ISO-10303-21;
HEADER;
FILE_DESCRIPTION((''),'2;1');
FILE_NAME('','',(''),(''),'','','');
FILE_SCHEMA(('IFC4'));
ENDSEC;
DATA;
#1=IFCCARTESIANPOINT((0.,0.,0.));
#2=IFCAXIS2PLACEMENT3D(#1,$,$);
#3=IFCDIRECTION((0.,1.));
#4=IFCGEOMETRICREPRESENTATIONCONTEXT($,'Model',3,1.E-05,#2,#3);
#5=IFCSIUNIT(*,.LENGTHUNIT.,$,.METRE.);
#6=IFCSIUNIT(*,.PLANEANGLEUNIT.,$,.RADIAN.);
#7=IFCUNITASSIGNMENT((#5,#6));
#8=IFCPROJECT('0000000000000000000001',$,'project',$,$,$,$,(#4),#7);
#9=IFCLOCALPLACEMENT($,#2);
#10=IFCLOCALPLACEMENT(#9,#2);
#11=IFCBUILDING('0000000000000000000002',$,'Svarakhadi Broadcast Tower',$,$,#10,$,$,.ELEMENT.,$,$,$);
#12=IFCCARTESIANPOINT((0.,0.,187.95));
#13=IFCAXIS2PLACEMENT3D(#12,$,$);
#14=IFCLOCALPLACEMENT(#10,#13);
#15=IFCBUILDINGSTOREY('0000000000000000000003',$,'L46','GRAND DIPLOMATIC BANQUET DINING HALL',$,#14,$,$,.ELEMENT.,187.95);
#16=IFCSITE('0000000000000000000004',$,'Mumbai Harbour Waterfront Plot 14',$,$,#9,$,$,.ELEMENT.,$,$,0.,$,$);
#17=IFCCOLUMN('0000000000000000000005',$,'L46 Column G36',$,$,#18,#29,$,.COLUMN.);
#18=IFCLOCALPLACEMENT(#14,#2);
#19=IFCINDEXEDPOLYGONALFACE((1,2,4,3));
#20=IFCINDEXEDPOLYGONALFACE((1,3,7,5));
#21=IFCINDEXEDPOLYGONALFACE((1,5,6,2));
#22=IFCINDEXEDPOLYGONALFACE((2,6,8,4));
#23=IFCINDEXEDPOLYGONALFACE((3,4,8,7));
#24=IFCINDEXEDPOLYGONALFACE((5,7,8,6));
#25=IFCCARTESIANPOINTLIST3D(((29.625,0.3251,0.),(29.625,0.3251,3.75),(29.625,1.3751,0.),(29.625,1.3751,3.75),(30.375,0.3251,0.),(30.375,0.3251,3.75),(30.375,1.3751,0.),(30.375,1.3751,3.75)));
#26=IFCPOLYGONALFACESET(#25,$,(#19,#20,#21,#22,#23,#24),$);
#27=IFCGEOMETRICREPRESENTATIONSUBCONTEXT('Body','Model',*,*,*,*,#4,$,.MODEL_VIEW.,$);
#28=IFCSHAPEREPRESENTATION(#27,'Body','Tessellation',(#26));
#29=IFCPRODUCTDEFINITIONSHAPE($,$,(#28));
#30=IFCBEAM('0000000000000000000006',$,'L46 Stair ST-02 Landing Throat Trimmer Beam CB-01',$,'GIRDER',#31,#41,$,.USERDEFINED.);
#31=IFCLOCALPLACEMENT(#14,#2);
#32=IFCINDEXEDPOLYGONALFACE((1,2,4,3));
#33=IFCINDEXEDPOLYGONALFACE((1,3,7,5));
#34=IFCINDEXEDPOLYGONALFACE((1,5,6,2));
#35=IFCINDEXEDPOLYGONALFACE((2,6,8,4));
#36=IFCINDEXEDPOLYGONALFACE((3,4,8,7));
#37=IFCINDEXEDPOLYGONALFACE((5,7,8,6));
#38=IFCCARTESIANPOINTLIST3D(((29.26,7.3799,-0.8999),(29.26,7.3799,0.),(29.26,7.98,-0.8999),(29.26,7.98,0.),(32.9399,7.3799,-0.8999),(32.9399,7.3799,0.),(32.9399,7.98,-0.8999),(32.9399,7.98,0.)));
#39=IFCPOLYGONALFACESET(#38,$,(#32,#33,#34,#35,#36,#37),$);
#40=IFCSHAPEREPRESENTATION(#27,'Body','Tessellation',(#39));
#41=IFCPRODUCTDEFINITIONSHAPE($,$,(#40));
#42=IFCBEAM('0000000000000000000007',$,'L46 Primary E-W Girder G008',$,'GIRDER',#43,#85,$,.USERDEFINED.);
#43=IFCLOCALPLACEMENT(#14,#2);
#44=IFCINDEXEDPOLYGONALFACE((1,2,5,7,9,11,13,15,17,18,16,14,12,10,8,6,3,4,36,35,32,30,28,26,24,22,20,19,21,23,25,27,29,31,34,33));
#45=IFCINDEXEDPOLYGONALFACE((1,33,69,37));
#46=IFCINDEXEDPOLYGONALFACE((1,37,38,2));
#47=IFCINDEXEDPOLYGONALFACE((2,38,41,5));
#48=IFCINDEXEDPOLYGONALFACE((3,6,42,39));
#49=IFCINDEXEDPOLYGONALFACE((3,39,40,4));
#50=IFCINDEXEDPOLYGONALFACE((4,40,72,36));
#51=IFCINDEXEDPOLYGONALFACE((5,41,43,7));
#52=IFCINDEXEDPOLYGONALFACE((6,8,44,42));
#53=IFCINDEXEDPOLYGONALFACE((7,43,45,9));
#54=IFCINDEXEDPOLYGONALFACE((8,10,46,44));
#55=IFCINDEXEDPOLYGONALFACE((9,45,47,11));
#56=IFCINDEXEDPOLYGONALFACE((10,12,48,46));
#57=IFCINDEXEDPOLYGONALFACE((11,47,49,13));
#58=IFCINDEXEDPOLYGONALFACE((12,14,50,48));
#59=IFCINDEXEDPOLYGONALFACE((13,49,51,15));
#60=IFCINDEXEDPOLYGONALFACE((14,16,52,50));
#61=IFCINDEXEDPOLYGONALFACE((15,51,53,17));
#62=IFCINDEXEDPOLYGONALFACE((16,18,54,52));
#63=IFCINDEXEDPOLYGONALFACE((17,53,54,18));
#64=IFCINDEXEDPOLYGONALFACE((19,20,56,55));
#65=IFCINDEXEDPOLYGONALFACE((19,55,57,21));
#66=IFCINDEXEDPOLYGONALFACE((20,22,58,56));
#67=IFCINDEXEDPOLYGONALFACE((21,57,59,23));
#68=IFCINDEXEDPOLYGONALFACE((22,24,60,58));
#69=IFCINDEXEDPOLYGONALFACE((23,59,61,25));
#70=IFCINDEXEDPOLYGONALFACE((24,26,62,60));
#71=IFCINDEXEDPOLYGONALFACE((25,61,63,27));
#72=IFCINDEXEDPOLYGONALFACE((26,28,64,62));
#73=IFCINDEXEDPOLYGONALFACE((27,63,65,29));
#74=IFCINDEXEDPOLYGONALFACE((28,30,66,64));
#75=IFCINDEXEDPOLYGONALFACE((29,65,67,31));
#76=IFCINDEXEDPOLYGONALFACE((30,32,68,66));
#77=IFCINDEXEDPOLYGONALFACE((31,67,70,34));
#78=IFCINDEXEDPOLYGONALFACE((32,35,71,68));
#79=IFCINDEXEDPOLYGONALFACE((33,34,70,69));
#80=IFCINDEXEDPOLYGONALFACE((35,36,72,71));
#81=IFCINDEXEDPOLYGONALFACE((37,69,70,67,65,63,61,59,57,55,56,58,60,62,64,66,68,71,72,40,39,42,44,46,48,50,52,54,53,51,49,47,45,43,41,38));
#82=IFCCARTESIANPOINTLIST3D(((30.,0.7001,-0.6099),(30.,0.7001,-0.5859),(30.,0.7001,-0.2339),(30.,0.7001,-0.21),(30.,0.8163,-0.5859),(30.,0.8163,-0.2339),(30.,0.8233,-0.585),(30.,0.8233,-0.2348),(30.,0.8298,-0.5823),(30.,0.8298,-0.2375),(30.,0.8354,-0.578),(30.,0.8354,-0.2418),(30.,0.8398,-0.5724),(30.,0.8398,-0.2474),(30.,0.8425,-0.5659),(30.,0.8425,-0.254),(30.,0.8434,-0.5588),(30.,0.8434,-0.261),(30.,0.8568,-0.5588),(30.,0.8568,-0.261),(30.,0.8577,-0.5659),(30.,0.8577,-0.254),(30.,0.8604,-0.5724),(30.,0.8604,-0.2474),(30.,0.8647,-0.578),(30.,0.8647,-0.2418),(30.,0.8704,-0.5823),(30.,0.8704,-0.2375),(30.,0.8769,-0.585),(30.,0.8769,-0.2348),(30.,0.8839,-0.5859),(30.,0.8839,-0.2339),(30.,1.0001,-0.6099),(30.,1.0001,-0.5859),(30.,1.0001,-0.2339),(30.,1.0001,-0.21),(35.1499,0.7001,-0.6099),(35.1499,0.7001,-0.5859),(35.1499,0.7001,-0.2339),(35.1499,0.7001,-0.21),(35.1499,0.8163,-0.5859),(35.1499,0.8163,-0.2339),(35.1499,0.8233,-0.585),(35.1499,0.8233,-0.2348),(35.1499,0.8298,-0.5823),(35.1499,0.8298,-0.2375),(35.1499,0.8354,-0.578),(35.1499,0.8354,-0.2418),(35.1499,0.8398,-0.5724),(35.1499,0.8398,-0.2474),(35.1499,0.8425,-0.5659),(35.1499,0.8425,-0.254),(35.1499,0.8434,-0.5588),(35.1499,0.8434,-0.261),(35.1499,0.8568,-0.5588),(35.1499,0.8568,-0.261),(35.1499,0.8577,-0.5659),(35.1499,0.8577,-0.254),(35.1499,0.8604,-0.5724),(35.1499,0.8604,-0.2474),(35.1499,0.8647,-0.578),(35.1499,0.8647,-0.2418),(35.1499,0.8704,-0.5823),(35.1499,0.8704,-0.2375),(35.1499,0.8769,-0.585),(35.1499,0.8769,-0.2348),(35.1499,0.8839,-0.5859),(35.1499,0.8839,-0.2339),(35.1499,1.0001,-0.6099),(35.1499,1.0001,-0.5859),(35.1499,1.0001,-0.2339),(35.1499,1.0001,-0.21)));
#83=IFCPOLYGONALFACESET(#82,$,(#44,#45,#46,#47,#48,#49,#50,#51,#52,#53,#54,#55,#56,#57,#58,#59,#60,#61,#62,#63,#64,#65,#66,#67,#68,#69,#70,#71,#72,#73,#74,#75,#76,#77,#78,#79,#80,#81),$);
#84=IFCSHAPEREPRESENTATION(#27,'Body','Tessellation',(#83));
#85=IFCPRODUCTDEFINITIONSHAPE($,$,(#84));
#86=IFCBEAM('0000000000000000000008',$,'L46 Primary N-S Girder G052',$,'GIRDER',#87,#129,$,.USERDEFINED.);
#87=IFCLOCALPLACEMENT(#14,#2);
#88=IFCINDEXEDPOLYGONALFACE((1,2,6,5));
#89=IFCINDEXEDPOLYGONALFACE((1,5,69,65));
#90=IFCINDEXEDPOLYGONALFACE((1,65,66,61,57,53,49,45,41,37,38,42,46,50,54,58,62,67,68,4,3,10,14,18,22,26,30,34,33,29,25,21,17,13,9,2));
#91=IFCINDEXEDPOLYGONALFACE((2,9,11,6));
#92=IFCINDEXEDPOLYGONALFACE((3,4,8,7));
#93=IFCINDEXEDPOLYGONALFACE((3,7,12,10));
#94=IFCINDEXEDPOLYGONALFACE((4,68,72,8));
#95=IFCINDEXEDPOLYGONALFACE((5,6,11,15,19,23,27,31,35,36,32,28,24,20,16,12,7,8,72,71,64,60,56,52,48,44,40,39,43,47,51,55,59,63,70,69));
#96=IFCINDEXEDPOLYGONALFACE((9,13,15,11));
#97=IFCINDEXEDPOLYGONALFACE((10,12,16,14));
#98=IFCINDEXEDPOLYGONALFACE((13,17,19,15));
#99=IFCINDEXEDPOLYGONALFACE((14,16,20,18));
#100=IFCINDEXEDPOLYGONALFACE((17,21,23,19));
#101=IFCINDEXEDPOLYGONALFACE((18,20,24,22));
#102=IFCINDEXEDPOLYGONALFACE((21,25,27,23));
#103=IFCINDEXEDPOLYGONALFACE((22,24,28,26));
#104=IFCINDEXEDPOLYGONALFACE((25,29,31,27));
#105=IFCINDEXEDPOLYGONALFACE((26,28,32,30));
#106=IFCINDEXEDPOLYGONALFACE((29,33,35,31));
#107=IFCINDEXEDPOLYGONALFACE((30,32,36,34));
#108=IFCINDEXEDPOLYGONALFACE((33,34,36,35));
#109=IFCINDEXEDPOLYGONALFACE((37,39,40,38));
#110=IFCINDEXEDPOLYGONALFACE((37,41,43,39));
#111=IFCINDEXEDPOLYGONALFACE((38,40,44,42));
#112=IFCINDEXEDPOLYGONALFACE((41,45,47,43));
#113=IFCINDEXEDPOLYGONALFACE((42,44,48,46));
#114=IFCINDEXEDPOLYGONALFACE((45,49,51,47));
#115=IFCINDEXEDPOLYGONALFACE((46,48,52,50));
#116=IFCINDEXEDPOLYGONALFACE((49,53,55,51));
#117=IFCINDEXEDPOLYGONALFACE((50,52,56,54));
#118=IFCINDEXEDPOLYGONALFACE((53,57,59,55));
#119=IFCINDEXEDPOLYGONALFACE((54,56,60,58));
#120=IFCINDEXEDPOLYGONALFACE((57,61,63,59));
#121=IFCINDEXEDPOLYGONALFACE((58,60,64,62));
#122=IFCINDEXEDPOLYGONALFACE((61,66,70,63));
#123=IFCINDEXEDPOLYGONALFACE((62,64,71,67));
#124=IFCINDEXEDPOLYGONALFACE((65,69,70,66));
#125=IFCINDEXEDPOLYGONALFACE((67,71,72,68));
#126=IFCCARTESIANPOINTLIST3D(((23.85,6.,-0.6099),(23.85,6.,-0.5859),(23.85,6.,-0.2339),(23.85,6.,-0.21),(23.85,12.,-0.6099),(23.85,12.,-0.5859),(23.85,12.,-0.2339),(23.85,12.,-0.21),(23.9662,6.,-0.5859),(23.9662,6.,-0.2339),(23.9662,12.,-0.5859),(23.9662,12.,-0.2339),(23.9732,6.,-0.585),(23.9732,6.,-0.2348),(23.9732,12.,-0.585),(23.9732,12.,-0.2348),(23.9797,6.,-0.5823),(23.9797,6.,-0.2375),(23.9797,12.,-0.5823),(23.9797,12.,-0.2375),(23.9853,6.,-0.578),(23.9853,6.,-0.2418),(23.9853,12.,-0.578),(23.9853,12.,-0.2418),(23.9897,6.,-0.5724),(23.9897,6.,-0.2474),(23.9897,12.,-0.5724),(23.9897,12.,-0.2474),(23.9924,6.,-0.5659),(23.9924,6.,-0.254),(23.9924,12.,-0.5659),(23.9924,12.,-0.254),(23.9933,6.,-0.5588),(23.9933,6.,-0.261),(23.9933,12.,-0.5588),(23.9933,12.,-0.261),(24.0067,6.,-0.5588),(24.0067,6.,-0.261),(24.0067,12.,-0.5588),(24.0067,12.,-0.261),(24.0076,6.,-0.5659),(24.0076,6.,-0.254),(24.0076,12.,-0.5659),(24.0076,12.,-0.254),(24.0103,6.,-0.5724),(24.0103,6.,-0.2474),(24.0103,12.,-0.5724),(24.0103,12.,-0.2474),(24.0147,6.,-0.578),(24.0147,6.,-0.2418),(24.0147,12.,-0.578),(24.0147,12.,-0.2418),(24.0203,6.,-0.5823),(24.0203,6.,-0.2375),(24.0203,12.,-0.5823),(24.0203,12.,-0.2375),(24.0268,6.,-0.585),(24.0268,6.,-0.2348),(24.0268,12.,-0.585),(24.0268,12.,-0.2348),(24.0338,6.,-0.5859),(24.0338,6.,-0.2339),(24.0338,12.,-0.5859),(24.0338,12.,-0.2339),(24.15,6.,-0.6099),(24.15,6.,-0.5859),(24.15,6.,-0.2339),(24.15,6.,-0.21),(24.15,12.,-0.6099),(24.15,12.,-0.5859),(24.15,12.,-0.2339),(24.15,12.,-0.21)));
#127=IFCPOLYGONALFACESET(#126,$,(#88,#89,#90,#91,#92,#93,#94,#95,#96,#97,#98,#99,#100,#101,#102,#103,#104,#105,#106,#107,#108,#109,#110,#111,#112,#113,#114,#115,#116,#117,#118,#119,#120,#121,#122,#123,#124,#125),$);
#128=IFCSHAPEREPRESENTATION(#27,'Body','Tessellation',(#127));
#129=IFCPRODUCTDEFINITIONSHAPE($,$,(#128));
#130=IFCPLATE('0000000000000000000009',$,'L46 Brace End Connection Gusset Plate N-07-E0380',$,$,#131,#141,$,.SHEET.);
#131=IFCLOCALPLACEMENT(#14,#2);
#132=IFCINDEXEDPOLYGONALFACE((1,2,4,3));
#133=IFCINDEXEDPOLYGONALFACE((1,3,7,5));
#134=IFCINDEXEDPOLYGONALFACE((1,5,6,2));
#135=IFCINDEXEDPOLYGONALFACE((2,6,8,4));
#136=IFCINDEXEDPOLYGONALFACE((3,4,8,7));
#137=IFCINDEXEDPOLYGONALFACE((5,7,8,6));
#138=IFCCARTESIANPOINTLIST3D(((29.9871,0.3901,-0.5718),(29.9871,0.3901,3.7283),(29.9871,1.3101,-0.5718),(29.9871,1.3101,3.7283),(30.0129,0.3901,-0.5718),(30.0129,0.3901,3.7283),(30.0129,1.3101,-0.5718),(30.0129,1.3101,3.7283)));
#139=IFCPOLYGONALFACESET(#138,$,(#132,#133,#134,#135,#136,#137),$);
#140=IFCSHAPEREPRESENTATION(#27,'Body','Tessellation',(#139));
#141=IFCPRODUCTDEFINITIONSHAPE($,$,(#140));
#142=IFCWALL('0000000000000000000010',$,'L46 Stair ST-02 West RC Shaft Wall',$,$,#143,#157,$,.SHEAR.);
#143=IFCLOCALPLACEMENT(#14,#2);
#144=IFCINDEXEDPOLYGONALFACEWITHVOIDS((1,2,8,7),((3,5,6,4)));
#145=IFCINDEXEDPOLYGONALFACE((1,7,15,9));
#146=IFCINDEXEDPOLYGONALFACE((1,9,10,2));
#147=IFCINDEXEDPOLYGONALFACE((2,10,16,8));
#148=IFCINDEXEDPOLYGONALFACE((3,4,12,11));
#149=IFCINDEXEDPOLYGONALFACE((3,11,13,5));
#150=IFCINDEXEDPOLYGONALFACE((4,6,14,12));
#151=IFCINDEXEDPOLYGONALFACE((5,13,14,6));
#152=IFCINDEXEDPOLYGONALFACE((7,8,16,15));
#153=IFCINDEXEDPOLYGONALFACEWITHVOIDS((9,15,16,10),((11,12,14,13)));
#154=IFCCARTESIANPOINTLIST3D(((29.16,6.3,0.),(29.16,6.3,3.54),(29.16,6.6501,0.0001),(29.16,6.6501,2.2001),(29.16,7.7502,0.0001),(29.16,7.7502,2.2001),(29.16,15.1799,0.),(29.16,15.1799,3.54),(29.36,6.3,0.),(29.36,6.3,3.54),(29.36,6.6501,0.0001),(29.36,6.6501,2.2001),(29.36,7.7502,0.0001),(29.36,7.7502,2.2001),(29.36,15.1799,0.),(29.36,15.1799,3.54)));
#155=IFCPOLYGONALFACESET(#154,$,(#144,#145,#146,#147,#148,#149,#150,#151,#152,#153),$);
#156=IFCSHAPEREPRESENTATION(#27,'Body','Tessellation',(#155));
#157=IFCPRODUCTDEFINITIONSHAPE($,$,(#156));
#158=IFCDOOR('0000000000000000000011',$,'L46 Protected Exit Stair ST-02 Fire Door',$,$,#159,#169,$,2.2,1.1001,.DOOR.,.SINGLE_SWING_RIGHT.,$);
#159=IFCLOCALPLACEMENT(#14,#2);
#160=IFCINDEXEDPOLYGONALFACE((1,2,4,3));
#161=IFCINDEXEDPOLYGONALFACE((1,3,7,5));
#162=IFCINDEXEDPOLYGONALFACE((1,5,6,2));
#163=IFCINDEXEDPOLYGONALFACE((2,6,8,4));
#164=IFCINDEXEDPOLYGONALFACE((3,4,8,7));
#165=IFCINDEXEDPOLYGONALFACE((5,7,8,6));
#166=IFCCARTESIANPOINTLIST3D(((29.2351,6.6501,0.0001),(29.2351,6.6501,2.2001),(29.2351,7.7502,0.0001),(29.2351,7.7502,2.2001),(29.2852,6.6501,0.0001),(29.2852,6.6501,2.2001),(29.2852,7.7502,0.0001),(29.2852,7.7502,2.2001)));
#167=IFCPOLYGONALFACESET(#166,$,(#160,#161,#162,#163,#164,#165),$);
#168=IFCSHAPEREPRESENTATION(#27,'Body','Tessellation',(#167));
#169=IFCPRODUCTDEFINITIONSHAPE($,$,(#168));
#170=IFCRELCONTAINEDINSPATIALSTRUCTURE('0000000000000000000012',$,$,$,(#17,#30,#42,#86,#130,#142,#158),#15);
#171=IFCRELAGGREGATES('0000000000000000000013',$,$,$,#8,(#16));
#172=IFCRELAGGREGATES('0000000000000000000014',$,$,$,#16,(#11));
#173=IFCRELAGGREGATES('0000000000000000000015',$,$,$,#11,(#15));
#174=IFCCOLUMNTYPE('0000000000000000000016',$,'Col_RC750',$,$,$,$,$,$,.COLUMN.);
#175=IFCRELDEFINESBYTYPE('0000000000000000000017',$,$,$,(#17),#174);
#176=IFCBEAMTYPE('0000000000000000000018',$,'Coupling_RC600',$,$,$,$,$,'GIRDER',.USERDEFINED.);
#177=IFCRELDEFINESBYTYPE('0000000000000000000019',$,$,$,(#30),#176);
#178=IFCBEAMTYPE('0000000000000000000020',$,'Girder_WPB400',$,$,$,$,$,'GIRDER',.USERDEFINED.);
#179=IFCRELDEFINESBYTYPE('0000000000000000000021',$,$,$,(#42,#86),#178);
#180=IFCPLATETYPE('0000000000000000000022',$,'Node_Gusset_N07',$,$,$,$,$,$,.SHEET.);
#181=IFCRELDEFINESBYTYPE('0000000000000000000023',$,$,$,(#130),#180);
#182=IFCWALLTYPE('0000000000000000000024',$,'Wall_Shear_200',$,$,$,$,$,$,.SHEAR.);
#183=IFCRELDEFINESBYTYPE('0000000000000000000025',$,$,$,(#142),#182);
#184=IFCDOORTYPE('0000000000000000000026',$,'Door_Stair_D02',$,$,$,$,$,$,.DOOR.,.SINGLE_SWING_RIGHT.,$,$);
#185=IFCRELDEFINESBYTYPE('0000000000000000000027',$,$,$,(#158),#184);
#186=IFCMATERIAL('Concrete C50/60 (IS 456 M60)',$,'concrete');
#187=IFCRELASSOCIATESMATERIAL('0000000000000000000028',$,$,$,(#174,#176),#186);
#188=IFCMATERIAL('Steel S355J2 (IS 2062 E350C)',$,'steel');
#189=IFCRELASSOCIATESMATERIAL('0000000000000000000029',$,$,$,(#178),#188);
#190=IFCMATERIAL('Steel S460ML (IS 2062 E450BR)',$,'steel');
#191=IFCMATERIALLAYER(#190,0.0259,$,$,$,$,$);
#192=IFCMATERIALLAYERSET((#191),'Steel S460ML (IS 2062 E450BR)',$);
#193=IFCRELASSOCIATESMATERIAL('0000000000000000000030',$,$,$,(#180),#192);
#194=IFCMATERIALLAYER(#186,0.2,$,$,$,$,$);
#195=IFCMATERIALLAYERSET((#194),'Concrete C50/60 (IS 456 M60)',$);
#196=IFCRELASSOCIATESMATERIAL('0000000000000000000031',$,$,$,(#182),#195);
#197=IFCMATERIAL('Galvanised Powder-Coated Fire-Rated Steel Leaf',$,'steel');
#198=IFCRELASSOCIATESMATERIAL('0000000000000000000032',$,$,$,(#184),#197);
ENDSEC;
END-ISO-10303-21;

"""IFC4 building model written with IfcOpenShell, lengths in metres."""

from ifc_helpers import new_model, si_unit, direction, frame, frame_2d, origin, origin_2d, place, context, subcontext, project, spatial, rectangle, i_section, extrude, material, layer, layer_set, material_profile, profile_set, type_object, element, fill, save


model = new_model("IFC4")

# Units and contexts
model_context = context("Model", 3, precision=1e-05, world=origin(), true_north=direction((0.0, 1.0)))
body_context = subcontext(model_context, "Body", "Model", "MODEL_VIEW")
ifc_project = project(units=[si_unit("LENGTHUNIT", "METRE"), si_unit("PLANEANGLEUNIT", "RADIAN")], contexts=[model_context])

# Site, building, storey
site_placement = place(None, origin())
site = spatial("IfcSite", under=ifc_project, at=site_placement, Name="Mumbai Harbour Waterfront Plot 14", CompositionType="ELEMENT", RefElevation=0.0)
building_placement = place(site_placement, origin())
building = spatial("IfcBuilding", under=site, at=building_placement, Name="Svarakhadi Broadcast Tower", CompositionType="ELEMENT")
storey_placement = place(building_placement, frame((0.0, 0.0, 187.95)))
storey = spatial("IfcBuildingStorey", under=building, at=storey_placement, Name="L46", Description="GRAND DIPLOMATIC BANQUET DINING HALL", CompositionType="ELEMENT", Elevation=187.95)

# Column
ifc_material_1 = material(Name="Concrete C50/60 (IS 456 M60)", Category="concrete")
ifc_material_profile_1 = material_profile(ifc_material_1, rectangle(XDim=0.75, YDim=1.05, at=origin_2d()), Name="RC 750x1050")
ifc_profile_set_1 = profile_set([ifc_material_profile_1], Name="Concrete C50/60 (IS 456 M60)")
column_type = type_object("IfcColumnType", Name="Col_RC750", PredefinedType="COLUMN", material=ifc_profile_set_1)
column_placement = place(storey_placement, frame((30.0, 0.8501, 0.0), z_axis=(0.0, 0.0, 1.0), x_axis=(1.0, 0.0, 0.0)))
element("IfcColumn", 1, at=column_placement, inside=storey, type_object=column_type, Name="L46 Column G36", PredefinedType="COLUMN", context=body_context, shape_type="SweptSolid", body=[
    extrude(rectangle(XDim=0.75, YDim=1.05, at=origin_2d()), origin(), (0.0, 0.0, 1.0), 3.75),
])

# Beams
ifc_material_profile_2 = material_profile(ifc_material_1, rectangle(XDim=0.6001, YDim=0.8999, at=origin_2d()), Name="RC 600x900")
ifc_profile_set_2 = profile_set([ifc_material_profile_2], Name="Concrete C50/60 (IS 456 M60)")
beam_type_1 = type_object("IfcBeamType", Name="Coupling_RC600", ElementType="GIRDER", PredefinedType="USERDEFINED", material=ifc_profile_set_2)
beam_1_placement = place(storey_placement, frame((29.26, 7.6799, -0.45), z_axis=(1.0, 0.0, 0.0), x_axis=(0.0, 1.0, 0.0)))
element("IfcBeam", 2, at=beam_1_placement, inside=storey, type_object=beam_type_1, Name="L46 Stair ST-02 Landing Throat Trimmer Beam CB-01", ObjectType="GIRDER", PredefinedType="USERDEFINED", context=body_context, shape_type="SweptSolid", body=[
    extrude(rectangle(XDim=0.6001, YDim=0.8999, at=origin_2d()), origin(), (0.0, 0.0, 1.0), 3.6799),
])
ifc_material_2 = material(Name="Steel S355J2 (IS 2062 E350C)", Category="steel")
ifc_material_profile_3 = material_profile(ifc_material_2, i_section(OverallWidth=0.3, OverallDepth=0.3999, WebThickness=0.0134, FlangeThickness=0.0239, FilletRadius=0.0271, at=origin_2d()), Name="WPB 400x300x155")
ifc_profile_set_3 = profile_set([ifc_material_profile_3], Name="Steel S355J2 (IS 2062 E350C)")
beam_type_2 = type_object("IfcBeamType", Name="Girder_WPB400", ElementType="GIRDER", PredefinedType="USERDEFINED", material=ifc_profile_set_3)
beam_2_placement = place(storey_placement, frame((30.0, 0.8501, -0.4099), z_axis=(1.0, 0.0, 0.0), x_axis=(0.0, 1.0, 0.0)))
element("IfcBeam", 3, at=beam_2_placement, inside=storey, type_object=beam_type_2, Name="L46 Primary E-W Girder G008", ObjectType="GIRDER", PredefinedType="USERDEFINED", context=body_context, shape_type="SweptSolid", body=[
    extrude(i_section(OverallWidth=0.3, OverallDepth=0.3999, WebThickness=0.0134, FlangeThickness=0.0239, FilletRadius=0.0271, at=origin_2d()), origin(), (0.0, 0.0, 1.0), 5.1499),
])
beam_3_placement = place(storey_placement, frame((24.0, 6.0, -0.4099), z_axis=(0.0, 1.0, 0.0), x_axis=(-1.0, 0.0, 0.0)))
element("IfcBeam", 4, at=beam_3_placement, inside=storey, type_object=beam_type_2, Name="L46 Primary N-S Girder G052", ObjectType="GIRDER", PredefinedType="USERDEFINED", context=body_context, shape_type="SweptSolid", body=[
    extrude(i_section(OverallWidth=0.3, OverallDepth=0.3999, WebThickness=0.0134, FlangeThickness=0.0239, FilletRadius=0.0271, at=origin_2d()), origin(), (0.0, 0.0, 1.0), 6.0),
])

# Plate
ifc_material_3 = material(Name="Steel S460ML (IS 2062 E450BR)", Category="steel")
ifc_layer_1 = layer(ifc_material_3, 0.0259)
ifc_layer_set_1 = layer_set([ifc_layer_1], Name="Steel S460ML (IS 2062 E450BR)")
plate_type = type_object("IfcPlateType", Name="Node_Gusset_N07", PredefinedType="SHEET", material=ifc_layer_set_1)
plate_placement = place(storey_placement, frame((30.0, 0.8501, -0.5718), z_axis=(0.0, 0.0, 1.0), x_axis=(0.0, 1.0, 0.0)))
element("IfcPlate", 5, at=plate_placement, inside=storey, type_object=plate_type, Name="L46 Brace End Connection Gusset Plate N-07-E0380", PredefinedType="SHEET", context=body_context, shape_type="SweptSolid", body=[
    extrude(rectangle(XDim=0.9199, YDim=0.0259, at=origin_2d()), origin(), (0.0, 0.0, 1.0), 4.3),
])

# Wall, opening, door
ifc_layer_2 = layer(ifc_material_1, 0.2)
ifc_layer_set_2 = layer_set([ifc_layer_2], Name="Concrete C50/60 (IS 456 M60)")
wall_type_1 = type_object("IfcWallType", Name="Wall_Shear_200", PredefinedType="SHEAR", material=ifc_layer_set_2)
wall_1_placement = place(storey_placement, frame((29.26, 6.3, 0.0), z_axis=(0.0, 0.0, 1.0), x_axis=(0.0, 1.0, 0.0)))
wall_1 = element("IfcWall", 6, at=wall_1_placement, inside=storey, type_object=wall_type_1, Name="L46 Stair ST-02 West RC Shaft Wall", PredefinedType="SHEAR", context=body_context, shape_type="SweptSolid", body=[
    extrude(rectangle(XDim=8.8799, YDim=0.2, at=frame_2d((4.4399, 0.0))), origin(), (0.0, 0.0, 1.0), 3.54),
])
opening_1_placement = place(wall_1_placement, frame((0.3501, 0.0, 0.0)))
opening_1 = element("IfcOpeningElement", 7, at=opening_1_placement, cuts=wall_1, PredefinedType="OPENING", context=body_context, shape_type="SweptSolid", body=[
    extrude(rectangle(XDim=1.1001, YDim=2.2, at=frame_2d((0.55, 1.1001))), frame((0.0, 0.1099, 0.0), z_axis=(0.0, -1.0, 0.0), x_axis=(1.0, 0.0, 0.0)), (0.0, 0.0, 1.0), 0.22),
])
ifc_material_4 = material(Name="Galvanised Powder-Coated Fire-Rated Steel Leaf", Category="steel")
door_type_1 = type_object("IfcDoorType", Name="Door_Stair_D02", OperationType="SINGLE_SWING_RIGHT", PredefinedType="DOOR", material=ifc_material_4)
door_1_placement = place(opening_1_placement, origin())
door_1 = element("IfcDoor", 8, at=door_1_placement, inside=storey, type_object=door_type_1, Name="L46 Protected Exit Stair ST-02 Fire Door", OperationType="SINGLE_SWING_RIGHT", OverallHeight=2.2, OverallWidth=1.1001, PredefinedType="DOOR", context=body_context, shape_type="SweptSolid", body=[
    extrude(rectangle(XDim=1.1001, YDim=2.2, at=frame_2d((0.55, 1.1001))), frame((0.0, 0.0249, 0.0), z_axis=(0.0, -1.0, 0.0), x_axis=(1.0, 0.0, 0.0)), (0.0, 0.0, 1.0), 0.05),
])
fill(opening_1, door_1)

save(model, "model.ifc")
